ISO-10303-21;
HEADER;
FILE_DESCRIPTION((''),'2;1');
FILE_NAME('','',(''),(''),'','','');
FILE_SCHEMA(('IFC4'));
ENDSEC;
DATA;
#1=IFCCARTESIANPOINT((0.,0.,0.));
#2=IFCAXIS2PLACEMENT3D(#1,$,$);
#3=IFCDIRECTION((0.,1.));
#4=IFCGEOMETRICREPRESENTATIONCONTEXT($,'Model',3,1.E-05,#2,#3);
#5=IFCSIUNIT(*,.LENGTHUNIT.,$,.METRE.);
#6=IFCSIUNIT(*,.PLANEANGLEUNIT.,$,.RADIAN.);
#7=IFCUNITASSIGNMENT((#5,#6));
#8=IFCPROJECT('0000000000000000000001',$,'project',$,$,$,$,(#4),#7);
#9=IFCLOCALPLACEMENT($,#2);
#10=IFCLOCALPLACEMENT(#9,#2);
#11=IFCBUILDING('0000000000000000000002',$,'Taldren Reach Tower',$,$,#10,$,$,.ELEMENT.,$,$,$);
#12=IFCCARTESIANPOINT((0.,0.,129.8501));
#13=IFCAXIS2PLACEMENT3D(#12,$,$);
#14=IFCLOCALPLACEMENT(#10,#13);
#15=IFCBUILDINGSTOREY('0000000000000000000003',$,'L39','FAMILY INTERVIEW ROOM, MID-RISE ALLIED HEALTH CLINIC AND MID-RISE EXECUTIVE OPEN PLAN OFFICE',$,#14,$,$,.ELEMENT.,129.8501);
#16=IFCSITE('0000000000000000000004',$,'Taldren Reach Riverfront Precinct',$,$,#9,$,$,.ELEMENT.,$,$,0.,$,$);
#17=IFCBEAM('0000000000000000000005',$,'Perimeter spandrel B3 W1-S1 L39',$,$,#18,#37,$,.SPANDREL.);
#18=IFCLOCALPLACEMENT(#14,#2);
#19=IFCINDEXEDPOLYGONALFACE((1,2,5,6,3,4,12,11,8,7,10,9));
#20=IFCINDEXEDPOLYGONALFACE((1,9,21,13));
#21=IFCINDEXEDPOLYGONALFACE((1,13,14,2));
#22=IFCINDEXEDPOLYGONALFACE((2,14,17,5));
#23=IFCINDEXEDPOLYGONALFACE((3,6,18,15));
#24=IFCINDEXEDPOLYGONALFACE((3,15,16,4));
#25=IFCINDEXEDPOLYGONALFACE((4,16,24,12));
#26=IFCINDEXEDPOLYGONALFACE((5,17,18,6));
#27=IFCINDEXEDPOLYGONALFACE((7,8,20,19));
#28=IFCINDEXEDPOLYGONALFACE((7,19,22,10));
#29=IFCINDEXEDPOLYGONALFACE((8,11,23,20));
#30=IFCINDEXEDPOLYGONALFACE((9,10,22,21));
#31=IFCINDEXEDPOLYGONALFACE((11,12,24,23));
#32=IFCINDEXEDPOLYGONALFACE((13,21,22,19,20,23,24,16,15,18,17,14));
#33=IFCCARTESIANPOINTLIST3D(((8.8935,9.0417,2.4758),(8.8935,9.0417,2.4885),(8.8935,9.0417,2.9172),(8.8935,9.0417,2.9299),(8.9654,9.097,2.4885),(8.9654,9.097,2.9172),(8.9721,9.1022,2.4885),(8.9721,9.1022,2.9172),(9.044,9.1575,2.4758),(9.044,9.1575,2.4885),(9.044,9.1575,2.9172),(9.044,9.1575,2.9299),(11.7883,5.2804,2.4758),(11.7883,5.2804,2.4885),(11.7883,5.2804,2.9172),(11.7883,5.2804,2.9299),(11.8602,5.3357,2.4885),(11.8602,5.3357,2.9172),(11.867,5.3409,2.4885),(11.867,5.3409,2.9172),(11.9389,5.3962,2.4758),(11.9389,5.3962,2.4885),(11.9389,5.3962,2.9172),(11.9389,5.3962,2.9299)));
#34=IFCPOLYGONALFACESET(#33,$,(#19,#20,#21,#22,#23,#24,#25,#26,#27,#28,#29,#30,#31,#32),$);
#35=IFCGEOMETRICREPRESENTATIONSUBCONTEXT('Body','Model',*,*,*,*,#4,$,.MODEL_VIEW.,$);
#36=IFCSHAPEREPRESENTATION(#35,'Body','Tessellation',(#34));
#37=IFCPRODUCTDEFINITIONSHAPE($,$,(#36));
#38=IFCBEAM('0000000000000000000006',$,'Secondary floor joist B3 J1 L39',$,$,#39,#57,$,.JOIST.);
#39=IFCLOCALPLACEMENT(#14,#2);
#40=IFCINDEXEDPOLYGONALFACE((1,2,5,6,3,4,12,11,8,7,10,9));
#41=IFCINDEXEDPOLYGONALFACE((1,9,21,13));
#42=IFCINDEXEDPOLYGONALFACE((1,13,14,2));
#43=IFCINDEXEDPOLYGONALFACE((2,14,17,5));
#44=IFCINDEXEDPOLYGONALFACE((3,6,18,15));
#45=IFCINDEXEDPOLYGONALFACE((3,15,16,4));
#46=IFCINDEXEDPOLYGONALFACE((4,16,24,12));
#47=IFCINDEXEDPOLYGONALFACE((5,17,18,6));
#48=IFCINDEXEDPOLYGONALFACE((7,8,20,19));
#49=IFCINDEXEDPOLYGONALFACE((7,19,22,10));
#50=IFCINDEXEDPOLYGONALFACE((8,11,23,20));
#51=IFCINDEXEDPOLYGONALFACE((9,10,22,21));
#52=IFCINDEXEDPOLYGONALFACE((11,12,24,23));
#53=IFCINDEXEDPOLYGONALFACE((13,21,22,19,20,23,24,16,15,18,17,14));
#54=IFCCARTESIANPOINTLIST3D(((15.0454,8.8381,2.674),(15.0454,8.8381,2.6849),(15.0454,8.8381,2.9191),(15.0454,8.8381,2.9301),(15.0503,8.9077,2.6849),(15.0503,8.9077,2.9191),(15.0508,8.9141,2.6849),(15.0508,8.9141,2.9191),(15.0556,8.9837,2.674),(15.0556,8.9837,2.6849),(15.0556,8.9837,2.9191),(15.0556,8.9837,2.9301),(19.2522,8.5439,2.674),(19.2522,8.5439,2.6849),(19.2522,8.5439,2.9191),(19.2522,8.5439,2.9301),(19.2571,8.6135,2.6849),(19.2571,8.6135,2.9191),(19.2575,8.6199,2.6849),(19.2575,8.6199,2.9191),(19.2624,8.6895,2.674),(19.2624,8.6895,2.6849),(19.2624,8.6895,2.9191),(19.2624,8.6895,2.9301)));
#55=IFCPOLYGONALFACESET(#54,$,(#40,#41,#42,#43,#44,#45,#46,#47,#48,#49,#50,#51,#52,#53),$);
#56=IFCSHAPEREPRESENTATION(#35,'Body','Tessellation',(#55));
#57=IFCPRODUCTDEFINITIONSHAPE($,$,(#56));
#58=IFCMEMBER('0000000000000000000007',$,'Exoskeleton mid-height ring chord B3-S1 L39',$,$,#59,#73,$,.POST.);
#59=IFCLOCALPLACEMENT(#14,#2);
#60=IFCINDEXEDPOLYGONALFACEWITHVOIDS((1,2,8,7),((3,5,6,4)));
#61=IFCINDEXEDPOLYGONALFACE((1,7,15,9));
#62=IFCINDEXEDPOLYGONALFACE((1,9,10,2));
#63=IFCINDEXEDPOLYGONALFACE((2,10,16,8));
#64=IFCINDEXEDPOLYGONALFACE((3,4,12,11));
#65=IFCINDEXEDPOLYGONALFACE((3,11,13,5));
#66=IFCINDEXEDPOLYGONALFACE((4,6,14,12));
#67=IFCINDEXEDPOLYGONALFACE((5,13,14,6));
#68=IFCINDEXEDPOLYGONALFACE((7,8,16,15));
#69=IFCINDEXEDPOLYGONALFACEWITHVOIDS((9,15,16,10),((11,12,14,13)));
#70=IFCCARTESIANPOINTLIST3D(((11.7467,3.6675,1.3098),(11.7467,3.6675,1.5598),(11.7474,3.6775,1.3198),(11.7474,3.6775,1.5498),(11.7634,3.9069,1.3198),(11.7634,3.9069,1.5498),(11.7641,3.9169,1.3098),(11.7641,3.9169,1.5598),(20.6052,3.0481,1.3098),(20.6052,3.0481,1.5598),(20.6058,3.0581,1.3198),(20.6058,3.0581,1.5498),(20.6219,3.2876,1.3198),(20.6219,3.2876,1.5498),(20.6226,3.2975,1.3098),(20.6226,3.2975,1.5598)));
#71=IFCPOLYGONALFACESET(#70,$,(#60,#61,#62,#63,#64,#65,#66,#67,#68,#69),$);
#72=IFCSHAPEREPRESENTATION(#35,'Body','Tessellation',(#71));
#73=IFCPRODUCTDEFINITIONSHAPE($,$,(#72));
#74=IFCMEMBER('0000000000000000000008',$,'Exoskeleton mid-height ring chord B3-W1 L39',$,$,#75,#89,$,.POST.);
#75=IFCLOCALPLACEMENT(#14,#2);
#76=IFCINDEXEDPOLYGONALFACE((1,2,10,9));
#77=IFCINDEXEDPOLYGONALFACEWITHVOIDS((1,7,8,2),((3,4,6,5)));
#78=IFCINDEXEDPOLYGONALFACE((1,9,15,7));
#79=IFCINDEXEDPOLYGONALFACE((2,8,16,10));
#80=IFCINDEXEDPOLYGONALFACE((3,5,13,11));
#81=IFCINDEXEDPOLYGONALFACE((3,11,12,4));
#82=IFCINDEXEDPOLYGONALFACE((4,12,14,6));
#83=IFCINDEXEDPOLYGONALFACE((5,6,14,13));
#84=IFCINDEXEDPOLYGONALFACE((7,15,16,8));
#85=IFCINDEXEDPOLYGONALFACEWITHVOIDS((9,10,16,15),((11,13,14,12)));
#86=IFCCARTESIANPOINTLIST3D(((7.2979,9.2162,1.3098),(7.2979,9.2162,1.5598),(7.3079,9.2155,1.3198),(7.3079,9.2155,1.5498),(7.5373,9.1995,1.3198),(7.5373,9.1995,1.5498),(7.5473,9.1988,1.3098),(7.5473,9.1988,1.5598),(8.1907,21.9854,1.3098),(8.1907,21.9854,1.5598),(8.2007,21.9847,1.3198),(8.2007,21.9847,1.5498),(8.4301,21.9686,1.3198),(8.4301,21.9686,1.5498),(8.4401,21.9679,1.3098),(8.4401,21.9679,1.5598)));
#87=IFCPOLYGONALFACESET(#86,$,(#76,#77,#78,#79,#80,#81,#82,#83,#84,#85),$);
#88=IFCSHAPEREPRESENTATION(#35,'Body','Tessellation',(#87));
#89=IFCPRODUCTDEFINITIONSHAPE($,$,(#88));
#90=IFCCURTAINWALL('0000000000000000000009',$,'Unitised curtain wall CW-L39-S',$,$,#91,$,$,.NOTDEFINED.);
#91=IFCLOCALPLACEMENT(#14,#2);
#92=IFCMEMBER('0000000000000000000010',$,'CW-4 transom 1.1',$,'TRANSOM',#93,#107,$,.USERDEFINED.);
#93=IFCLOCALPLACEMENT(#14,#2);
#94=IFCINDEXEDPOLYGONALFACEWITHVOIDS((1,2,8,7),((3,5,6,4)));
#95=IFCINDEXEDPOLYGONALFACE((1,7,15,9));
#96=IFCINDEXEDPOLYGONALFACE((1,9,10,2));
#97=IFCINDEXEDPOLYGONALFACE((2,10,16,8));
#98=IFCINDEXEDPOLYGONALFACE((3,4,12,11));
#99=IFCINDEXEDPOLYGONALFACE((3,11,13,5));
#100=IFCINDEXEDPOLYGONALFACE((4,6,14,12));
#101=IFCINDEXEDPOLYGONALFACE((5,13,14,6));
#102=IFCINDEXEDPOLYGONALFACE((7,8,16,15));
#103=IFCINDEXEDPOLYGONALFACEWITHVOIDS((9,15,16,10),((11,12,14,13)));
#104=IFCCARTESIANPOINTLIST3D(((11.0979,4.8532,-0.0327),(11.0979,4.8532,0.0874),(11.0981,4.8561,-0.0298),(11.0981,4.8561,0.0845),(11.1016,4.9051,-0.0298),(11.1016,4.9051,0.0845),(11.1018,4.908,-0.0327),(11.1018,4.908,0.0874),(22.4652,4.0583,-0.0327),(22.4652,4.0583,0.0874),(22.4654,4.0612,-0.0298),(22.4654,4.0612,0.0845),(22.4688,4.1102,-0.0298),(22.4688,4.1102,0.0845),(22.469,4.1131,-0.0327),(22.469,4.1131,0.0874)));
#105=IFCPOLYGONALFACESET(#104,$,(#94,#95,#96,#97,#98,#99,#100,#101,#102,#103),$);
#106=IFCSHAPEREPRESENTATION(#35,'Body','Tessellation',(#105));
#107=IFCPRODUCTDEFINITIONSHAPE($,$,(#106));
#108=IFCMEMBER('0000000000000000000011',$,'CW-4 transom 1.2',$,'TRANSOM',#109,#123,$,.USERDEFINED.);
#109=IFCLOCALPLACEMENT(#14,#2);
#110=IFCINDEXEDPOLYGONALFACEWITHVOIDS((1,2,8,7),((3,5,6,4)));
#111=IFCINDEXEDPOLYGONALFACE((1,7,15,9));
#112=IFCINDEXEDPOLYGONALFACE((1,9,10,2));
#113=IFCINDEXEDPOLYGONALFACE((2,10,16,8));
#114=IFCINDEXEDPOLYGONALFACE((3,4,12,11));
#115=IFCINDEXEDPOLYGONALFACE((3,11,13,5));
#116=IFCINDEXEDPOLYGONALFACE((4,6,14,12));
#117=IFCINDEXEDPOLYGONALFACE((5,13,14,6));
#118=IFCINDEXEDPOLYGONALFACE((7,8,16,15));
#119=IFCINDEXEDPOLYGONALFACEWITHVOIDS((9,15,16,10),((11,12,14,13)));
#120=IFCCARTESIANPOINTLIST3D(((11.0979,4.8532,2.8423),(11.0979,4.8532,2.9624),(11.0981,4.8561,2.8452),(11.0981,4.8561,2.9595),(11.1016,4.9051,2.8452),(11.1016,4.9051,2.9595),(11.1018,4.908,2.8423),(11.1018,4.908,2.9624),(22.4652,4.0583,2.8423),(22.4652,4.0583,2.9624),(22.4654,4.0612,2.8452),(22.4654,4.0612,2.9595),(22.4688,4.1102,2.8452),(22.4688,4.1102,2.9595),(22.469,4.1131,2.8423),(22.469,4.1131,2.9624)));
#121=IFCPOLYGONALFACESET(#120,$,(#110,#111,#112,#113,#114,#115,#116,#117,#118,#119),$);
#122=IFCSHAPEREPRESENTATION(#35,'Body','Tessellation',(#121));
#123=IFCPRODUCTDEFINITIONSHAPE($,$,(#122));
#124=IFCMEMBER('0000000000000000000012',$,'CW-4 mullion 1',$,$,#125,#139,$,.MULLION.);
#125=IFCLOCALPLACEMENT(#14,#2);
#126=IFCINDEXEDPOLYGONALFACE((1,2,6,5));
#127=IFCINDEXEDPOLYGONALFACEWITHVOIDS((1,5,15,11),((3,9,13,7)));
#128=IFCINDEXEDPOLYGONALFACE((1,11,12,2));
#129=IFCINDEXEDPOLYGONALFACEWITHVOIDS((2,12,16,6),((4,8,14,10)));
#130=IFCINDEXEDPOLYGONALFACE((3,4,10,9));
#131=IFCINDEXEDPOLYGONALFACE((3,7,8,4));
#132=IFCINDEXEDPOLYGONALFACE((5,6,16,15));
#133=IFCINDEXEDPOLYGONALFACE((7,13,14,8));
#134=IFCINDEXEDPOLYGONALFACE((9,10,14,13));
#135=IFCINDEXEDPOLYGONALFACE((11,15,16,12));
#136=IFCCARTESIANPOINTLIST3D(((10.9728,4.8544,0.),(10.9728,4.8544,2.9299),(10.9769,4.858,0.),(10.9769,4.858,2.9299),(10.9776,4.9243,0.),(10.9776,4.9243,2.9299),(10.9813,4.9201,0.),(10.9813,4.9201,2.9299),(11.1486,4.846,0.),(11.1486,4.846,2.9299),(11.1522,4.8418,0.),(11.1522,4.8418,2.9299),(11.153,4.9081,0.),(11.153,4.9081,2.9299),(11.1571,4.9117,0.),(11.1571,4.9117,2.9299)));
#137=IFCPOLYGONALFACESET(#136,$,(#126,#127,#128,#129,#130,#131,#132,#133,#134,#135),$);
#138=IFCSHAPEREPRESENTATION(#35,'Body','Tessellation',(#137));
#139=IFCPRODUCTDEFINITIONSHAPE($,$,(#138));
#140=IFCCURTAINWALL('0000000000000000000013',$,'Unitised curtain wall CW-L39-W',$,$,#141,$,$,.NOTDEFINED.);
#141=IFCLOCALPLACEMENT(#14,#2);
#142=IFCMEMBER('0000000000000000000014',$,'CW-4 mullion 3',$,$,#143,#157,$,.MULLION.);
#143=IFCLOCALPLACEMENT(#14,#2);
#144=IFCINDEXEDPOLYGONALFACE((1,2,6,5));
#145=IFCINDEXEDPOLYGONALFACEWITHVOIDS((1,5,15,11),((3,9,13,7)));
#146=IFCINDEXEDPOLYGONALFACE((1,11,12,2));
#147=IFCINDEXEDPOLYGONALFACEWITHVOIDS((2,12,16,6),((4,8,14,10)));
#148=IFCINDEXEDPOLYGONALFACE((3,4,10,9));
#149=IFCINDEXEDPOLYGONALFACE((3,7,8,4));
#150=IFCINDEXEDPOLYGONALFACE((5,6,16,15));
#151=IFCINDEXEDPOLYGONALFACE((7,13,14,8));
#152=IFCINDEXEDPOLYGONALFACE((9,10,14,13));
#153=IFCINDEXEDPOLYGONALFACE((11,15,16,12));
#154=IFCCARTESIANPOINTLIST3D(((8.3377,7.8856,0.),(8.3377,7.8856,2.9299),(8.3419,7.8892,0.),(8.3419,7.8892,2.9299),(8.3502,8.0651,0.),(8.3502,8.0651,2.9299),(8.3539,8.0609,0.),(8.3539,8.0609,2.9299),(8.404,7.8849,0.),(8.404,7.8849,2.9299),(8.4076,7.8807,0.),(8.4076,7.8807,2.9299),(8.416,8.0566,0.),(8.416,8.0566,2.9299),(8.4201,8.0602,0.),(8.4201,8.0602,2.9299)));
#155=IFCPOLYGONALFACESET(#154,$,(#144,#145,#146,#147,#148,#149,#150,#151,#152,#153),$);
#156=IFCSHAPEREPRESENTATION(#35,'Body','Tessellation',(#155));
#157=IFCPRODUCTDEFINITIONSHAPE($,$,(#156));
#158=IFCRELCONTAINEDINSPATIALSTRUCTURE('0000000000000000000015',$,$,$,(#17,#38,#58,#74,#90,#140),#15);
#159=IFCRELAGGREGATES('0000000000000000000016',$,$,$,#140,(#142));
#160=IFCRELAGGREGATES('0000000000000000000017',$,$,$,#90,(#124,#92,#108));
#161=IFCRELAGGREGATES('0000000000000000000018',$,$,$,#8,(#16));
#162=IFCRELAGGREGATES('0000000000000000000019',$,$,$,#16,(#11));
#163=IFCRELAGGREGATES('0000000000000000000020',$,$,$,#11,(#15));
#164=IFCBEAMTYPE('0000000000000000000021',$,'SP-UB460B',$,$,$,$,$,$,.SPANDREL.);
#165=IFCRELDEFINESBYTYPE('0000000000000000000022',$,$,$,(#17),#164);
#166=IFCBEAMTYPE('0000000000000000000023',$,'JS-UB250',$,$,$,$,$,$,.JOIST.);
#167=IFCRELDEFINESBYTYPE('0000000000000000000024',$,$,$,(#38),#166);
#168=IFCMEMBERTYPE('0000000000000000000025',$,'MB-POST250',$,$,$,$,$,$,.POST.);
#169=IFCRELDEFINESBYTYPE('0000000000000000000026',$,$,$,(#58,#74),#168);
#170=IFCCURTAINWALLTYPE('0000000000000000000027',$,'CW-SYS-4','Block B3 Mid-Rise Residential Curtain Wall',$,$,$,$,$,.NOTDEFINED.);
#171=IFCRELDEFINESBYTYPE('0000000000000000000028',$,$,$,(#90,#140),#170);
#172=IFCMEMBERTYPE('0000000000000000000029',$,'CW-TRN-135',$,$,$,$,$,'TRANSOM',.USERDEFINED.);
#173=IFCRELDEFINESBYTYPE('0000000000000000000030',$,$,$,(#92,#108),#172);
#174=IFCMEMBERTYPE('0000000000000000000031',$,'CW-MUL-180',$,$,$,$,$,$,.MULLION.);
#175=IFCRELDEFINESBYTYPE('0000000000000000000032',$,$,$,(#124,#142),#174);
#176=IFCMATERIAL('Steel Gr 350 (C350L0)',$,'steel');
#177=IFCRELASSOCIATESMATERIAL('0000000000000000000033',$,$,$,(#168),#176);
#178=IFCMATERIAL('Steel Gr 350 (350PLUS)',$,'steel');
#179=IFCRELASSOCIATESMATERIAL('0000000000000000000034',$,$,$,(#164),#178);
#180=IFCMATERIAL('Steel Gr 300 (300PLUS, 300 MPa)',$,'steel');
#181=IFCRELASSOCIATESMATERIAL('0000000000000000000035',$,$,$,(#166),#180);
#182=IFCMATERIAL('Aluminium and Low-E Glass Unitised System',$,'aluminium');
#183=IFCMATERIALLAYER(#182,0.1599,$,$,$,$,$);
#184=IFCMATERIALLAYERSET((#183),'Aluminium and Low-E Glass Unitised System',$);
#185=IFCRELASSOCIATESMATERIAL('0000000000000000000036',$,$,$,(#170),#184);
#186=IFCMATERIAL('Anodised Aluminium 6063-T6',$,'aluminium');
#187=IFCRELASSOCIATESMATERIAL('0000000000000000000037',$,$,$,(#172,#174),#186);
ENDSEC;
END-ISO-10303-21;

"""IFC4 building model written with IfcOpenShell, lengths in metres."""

from ifc_helpers import new_model, si_unit, direction, frame, origin, origin_2d, place, context, subcontext, project, spatial, hollow_rectangle, i_section, extrude, source, transform, mapped, material, layer, layer_set, material_profile, profile_set, type_object, element, aggregate, save


model = new_model("IFC4")

# Units and contexts
model_context = context("Model", 3, precision=1e-05, world=origin(), true_north=direction((0.0, 1.0)))
body_context = subcontext(model_context, "Body", "Model", "MODEL_VIEW")
ifc_project = project(units=[si_unit("LENGTHUNIT", "METRE"), si_unit("PLANEANGLEUNIT", "RADIAN")], contexts=[model_context])

# Site, building, storey
site_placement = place(None, origin())
site = spatial("IfcSite", under=ifc_project, at=site_placement, Name="Taldren Reach Riverfront Precinct", CompositionType="ELEMENT", RefElevation=0.0)
building_placement = place(site_placement, origin())
building = spatial("IfcBuilding", under=site, at=building_placement, Name="Taldren Reach Tower", CompositionType="ELEMENT")
storey_placement = place(building_placement, frame((0.0, 0.0, 129.8501)))
storey = spatial("IfcBuildingStorey", under=building, at=storey_placement, Name="L39", Description="FAMILY INTERVIEW ROOM, MID-RISE ALLIED HEALTH CLINIC AND MID-RISE EXECUTIVE OPEN PLAN OFFICE", CompositionType="ELEMENT", Elevation=129.8501)

# Shared definitions
ifc_material_1 = material(Name="Steel Gr 350 (350PLUS)", Category="steel")

# Shared definitions
ifc_material_2 = material(Name="Steel Gr 350 (C350L0)", Category="steel")
ifc_material_profile_1 = material_profile(ifc_material_2, hollow_rectangle(XDim=0.25, YDim=0.25, WallThickness=0.01, at=origin_2d()), Name="250x250x10.0SHS")
ifc_profile_set_1 = profile_set([ifc_material_profile_1], Name="Steel Gr 350 (C350L0)")
member_type_1 = type_object("IfcMemberType", Name="MB-POST250", PredefinedType="POST", material=ifc_profile_set_1)

# Beams
ifc_material_profile_2 = material_profile(ifc_material_1, i_section(OverallWidth=0.1899, OverallDepth=0.4541, WebThickness=0.0085, FlangeThickness=0.0127, at=origin_2d()), Name="460UB67.1")
ifc_profile_set_2 = profile_set([ifc_material_profile_2], Name="Steel Gr 350 (350PLUS)")
beam_type_1 = type_object("IfcBeamType", Name="SP-UB460B", PredefinedType="SPANDREL", material=ifc_profile_set_2)
shared_shape_1 = source(origin(), body_context, "Body", "SweptSolid", [
    extrude(i_section(OverallWidth=0.1899, OverallDepth=0.4541, WebThickness=0.0085, FlangeThickness=0.0127, at=origin_2d()), origin(), (0.0, 0.0, 1.0), 4.7463),
])
beam_1_placement = place(storey_placement, frame((8.9688, 9.0996, 2.7029), z_axis=(0.609912, -0.792469, 0.0), x_axis=(0.792469, 0.609912, 0.0)))
element("IfcBeam", 1, at=beam_1_placement, inside=storey, type_object=beam_type_1, Name="Perimeter spandrel B3 W1-S1 L39", PredefinedType="SPANDREL", context=body_context, shape_type="MappedRepresentation", body=[
    mapped(shared_shape_1, transform((0.0, 0.0, 0.0), scale=1.0)),
])
ifc_material_3 = material(Name="Steel Gr 300 (300PLUS, 300 MPa)", Category="steel")
ifc_material_profile_3 = material_profile(ifc_material_3, i_section(OverallWidth=0.146, OverallDepth=0.2561, WebThickness=0.0063, FlangeThickness=0.011, at=origin_2d()), Name="250UB37.3")
ifc_profile_set_3 = profile_set([ifc_material_profile_3], Name="Steel Gr 300 (300PLUS, 300 MPa)")
beam_type_2 = type_object("IfcBeamType", Name="JS-UB250", PredefinedType="JOIST", material=ifc_profile_set_3)
shared_shape_2 = source(origin(), body_context, "Body", "SweptSolid", [
    extrude(i_section(OverallWidth=0.146, OverallDepth=0.2561, WebThickness=0.0063, FlangeThickness=0.011, at=origin_2d()), origin(), (0.0, 0.0, 1.0), 4.217),
])
beam_2_placement = place(storey_placement, frame((15.0505, 8.9109, 2.802), z_axis=(0.997564, -0.069762, 0.0), x_axis=(0.069762, 0.997564, 0.0)))
element("IfcBeam", 2, at=beam_2_placement, inside=storey, type_object=beam_type_2, Name="Secondary floor joist B3 J1 L39", PredefinedType="JOIST", context=body_context, shape_type="MappedRepresentation", body=[
    mapped(shared_shape_2, transform((0.0, 0.0, 0.0), scale=1.0)),
])

# Members
shared_shape_3 = source(origin(), body_context, "Body", "SweptSolid", [
    extrude(hollow_rectangle(XDim=0.25, YDim=0.25, WallThickness=0.01, at=origin_2d()), origin(), (0.0, 0.0, 1.0), 8.8801),
])
member_1_placement = place(storey_placement, frame((11.7554, 3.7922, 1.4348), z_axis=(0.997564, -0.06975, 0.0), x_axis=(0.06975, 0.997564, 0.0)))
element("IfcMember", 3, at=member_1_placement, inside=storey, type_object=member_type_1, Name="Exoskeleton mid-height ring chord B3-S1 L39", PredefinedType="POST", context=body_context, shape_type="MappedRepresentation", body=[
    mapped(shared_shape_3, transform((0.0, 0.0, 0.0), scale=1.0)),
])
shared_shape_4 = source(origin(), body_context, "Body", "SweptSolid", [
    extrude(hollow_rectangle(XDim=0.25, YDim=0.25, WallThickness=0.01, at=origin_2d()), origin(), (0.0, 0.0, 1.0), 12.8003),
])
member_2_placement = place(storey_placement, frame((7.4226, 9.2075, 1.4348), z_axis=(0.069751, 0.997564, 0.0), x_axis=(-0.997564, 0.069751, 0.0)))
element("IfcMember", 4, at=member_2_placement, inside=storey, type_object=member_type_1, Name="Exoskeleton mid-height ring chord B3-W1 L39", PredefinedType="POST", context=body_context, shape_type="MappedRepresentation", body=[
    mapped(shared_shape_4, transform((0.0, 0.0, 0.0), scale=1.0)),
])

# Curtain wall, members
ifc_material_4 = material(Name="Aluminium and Low-E Glass Unitised System", Category="aluminium")
ifc_layer_1 = layer(ifc_material_4, 0.1599)
ifc_layer_set_1 = layer_set([ifc_layer_1], Name="Aluminium and Low-E Glass Unitised System")
curtain_wall_type = type_object("IfcCurtainWallType", Name="CW-SYS-4", Description="Block B3 Mid-Rise Residential Curtain Wall", PredefinedType="NOTDEFINED", material=ifc_layer_set_1)
curtain_wall_1_placement = place(storey_placement, origin())
curtain_wall_1 = element("IfcCurtainWall", 5, at=curtain_wall_1_placement, inside=storey, type_object=curtain_wall_type, Name="Unitised curtain wall CW-L39-S", PredefinedType="NOTDEFINED")
ifc_material_5 = material(Name="Anodised Aluminium 6063-T6", Category="aluminium")
ifc_material_profile_4 = material_profile(ifc_material_5, hollow_rectangle(XDim=0.0549, YDim=0.1201, WallThickness=0.0029, at=origin_2d()), Name="ALU-120x55x3RHS")
ifc_profile_set_4 = profile_set([ifc_material_profile_4], Name="Anodised Aluminium 6063-T6")
member_type_2 = type_object("IfcMemberType", Name="CW-TRN-135", ElementType="TRANSOM", PredefinedType="USERDEFINED", material=ifc_profile_set_4)
shared_shape_5 = source(origin(), body_context, "Body", "SweptSolid", [
    extrude(hollow_rectangle(XDim=0.0549, YDim=0.1201, WallThickness=0.0029, at=origin_2d()), origin(), (0.0, 0.0, 1.0), 11.395),
])
member_3_placement = place(storey_placement, frame((11.0999, 4.8806, 0.0273), z_axis=(0.997564, -0.069761, 0.0), x_axis=(0.069761, 0.997564, 0.0)))
member_3 = element("IfcMember", 6, at=member_3_placement, type_object=member_type_2, Name="CW-4 transom 1.1", ObjectType="TRANSOM", PredefinedType="USERDEFINED", context=body_context, shape_type="MappedRepresentation", body=[
    mapped(shared_shape_5, transform((0.0, 0.0, 0.0), scale=1.0)),
])
member_4_placement = place(storey_placement, frame((11.0999, 4.8806, 2.9023), z_axis=(0.997564, -0.069761, 0.0), x_axis=(0.069761, 0.997564, 0.0)))
member_4 = element("IfcMember", 7, at=member_4_placement, type_object=member_type_2, Name="CW-4 transom 1.2", ObjectType="TRANSOM", PredefinedType="USERDEFINED", context=body_context, shape_type="MappedRepresentation", body=[
    mapped(shared_shape_5, transform((0.0, 0.0, 0.0), scale=1.0)),
])
ifc_material_profile_5 = material_profile(ifc_material_5, hollow_rectangle(XDim=0.0701, YDim=0.1799, WallThickness=0.0039, at=origin_2d()), Name="ALU-180x70x4RHS")
ifc_profile_set_5 = profile_set([ifc_material_profile_5], Name="Anodised Aluminium 6063-T6")
member_type_3 = type_object("IfcMemberType", Name="CW-MUL-180", PredefinedType="MULLION", material=ifc_profile_set_5)
shared_shape_6 = source(origin(), body_context, "Body", "SweptSolid", [
    extrude(hollow_rectangle(XDim=0.0701, YDim=0.1799, WallThickness=0.0039, at=origin_2d()), origin(), (0.0, 0.0, 1.0), 2.9299),
])
member_5_placement = place(storey_placement, frame((11.0649, 4.8831, 0.0), z_axis=(0.0, 0.0, 1.0), x_axis=(0.069757, 0.997564, 0.0)))
member_5 = element("IfcMember", 8, at=member_5_placement, type_object=member_type_3, Name="CW-4 mullion 1", PredefinedType="MULLION", context=body_context, shape_type="MappedRepresentation", body=[
    mapped(shared_shape_6, transform((0.0, 0.0, 0.0), scale=1.0)),
])

# Curtain wall, member
curtain_wall_2_placement = place(storey_placement, origin())
curtain_wall_2 = element("IfcCurtainWall", 9, at=curtain_wall_2_placement, inside=storey, type_object=curtain_wall_type, Name="Unitised curtain wall CW-L39-W", PredefinedType="NOTDEFINED")
member_6_placement = place(storey_placement, frame((8.3789, 7.9729, 0.0), z_axis=(0.0, 0.0, 1.0), x_axis=(0.997564, -0.069756, 0.0)))
member_6 = element("IfcMember", 10, at=member_6_placement, type_object=member_type_3, Name="CW-4 mullion 3", PredefinedType="MULLION", context=body_context, shape_type="MappedRepresentation", body=[
    mapped(shared_shape_6, transform((0.0, 0.0, 0.0), scale=1.0)),
])
aggregate(curtain_wall_2, [member_6])

aggregate(curtain_wall_1, [member_5, member_3, member_4])

save(model, "model.ifc")
